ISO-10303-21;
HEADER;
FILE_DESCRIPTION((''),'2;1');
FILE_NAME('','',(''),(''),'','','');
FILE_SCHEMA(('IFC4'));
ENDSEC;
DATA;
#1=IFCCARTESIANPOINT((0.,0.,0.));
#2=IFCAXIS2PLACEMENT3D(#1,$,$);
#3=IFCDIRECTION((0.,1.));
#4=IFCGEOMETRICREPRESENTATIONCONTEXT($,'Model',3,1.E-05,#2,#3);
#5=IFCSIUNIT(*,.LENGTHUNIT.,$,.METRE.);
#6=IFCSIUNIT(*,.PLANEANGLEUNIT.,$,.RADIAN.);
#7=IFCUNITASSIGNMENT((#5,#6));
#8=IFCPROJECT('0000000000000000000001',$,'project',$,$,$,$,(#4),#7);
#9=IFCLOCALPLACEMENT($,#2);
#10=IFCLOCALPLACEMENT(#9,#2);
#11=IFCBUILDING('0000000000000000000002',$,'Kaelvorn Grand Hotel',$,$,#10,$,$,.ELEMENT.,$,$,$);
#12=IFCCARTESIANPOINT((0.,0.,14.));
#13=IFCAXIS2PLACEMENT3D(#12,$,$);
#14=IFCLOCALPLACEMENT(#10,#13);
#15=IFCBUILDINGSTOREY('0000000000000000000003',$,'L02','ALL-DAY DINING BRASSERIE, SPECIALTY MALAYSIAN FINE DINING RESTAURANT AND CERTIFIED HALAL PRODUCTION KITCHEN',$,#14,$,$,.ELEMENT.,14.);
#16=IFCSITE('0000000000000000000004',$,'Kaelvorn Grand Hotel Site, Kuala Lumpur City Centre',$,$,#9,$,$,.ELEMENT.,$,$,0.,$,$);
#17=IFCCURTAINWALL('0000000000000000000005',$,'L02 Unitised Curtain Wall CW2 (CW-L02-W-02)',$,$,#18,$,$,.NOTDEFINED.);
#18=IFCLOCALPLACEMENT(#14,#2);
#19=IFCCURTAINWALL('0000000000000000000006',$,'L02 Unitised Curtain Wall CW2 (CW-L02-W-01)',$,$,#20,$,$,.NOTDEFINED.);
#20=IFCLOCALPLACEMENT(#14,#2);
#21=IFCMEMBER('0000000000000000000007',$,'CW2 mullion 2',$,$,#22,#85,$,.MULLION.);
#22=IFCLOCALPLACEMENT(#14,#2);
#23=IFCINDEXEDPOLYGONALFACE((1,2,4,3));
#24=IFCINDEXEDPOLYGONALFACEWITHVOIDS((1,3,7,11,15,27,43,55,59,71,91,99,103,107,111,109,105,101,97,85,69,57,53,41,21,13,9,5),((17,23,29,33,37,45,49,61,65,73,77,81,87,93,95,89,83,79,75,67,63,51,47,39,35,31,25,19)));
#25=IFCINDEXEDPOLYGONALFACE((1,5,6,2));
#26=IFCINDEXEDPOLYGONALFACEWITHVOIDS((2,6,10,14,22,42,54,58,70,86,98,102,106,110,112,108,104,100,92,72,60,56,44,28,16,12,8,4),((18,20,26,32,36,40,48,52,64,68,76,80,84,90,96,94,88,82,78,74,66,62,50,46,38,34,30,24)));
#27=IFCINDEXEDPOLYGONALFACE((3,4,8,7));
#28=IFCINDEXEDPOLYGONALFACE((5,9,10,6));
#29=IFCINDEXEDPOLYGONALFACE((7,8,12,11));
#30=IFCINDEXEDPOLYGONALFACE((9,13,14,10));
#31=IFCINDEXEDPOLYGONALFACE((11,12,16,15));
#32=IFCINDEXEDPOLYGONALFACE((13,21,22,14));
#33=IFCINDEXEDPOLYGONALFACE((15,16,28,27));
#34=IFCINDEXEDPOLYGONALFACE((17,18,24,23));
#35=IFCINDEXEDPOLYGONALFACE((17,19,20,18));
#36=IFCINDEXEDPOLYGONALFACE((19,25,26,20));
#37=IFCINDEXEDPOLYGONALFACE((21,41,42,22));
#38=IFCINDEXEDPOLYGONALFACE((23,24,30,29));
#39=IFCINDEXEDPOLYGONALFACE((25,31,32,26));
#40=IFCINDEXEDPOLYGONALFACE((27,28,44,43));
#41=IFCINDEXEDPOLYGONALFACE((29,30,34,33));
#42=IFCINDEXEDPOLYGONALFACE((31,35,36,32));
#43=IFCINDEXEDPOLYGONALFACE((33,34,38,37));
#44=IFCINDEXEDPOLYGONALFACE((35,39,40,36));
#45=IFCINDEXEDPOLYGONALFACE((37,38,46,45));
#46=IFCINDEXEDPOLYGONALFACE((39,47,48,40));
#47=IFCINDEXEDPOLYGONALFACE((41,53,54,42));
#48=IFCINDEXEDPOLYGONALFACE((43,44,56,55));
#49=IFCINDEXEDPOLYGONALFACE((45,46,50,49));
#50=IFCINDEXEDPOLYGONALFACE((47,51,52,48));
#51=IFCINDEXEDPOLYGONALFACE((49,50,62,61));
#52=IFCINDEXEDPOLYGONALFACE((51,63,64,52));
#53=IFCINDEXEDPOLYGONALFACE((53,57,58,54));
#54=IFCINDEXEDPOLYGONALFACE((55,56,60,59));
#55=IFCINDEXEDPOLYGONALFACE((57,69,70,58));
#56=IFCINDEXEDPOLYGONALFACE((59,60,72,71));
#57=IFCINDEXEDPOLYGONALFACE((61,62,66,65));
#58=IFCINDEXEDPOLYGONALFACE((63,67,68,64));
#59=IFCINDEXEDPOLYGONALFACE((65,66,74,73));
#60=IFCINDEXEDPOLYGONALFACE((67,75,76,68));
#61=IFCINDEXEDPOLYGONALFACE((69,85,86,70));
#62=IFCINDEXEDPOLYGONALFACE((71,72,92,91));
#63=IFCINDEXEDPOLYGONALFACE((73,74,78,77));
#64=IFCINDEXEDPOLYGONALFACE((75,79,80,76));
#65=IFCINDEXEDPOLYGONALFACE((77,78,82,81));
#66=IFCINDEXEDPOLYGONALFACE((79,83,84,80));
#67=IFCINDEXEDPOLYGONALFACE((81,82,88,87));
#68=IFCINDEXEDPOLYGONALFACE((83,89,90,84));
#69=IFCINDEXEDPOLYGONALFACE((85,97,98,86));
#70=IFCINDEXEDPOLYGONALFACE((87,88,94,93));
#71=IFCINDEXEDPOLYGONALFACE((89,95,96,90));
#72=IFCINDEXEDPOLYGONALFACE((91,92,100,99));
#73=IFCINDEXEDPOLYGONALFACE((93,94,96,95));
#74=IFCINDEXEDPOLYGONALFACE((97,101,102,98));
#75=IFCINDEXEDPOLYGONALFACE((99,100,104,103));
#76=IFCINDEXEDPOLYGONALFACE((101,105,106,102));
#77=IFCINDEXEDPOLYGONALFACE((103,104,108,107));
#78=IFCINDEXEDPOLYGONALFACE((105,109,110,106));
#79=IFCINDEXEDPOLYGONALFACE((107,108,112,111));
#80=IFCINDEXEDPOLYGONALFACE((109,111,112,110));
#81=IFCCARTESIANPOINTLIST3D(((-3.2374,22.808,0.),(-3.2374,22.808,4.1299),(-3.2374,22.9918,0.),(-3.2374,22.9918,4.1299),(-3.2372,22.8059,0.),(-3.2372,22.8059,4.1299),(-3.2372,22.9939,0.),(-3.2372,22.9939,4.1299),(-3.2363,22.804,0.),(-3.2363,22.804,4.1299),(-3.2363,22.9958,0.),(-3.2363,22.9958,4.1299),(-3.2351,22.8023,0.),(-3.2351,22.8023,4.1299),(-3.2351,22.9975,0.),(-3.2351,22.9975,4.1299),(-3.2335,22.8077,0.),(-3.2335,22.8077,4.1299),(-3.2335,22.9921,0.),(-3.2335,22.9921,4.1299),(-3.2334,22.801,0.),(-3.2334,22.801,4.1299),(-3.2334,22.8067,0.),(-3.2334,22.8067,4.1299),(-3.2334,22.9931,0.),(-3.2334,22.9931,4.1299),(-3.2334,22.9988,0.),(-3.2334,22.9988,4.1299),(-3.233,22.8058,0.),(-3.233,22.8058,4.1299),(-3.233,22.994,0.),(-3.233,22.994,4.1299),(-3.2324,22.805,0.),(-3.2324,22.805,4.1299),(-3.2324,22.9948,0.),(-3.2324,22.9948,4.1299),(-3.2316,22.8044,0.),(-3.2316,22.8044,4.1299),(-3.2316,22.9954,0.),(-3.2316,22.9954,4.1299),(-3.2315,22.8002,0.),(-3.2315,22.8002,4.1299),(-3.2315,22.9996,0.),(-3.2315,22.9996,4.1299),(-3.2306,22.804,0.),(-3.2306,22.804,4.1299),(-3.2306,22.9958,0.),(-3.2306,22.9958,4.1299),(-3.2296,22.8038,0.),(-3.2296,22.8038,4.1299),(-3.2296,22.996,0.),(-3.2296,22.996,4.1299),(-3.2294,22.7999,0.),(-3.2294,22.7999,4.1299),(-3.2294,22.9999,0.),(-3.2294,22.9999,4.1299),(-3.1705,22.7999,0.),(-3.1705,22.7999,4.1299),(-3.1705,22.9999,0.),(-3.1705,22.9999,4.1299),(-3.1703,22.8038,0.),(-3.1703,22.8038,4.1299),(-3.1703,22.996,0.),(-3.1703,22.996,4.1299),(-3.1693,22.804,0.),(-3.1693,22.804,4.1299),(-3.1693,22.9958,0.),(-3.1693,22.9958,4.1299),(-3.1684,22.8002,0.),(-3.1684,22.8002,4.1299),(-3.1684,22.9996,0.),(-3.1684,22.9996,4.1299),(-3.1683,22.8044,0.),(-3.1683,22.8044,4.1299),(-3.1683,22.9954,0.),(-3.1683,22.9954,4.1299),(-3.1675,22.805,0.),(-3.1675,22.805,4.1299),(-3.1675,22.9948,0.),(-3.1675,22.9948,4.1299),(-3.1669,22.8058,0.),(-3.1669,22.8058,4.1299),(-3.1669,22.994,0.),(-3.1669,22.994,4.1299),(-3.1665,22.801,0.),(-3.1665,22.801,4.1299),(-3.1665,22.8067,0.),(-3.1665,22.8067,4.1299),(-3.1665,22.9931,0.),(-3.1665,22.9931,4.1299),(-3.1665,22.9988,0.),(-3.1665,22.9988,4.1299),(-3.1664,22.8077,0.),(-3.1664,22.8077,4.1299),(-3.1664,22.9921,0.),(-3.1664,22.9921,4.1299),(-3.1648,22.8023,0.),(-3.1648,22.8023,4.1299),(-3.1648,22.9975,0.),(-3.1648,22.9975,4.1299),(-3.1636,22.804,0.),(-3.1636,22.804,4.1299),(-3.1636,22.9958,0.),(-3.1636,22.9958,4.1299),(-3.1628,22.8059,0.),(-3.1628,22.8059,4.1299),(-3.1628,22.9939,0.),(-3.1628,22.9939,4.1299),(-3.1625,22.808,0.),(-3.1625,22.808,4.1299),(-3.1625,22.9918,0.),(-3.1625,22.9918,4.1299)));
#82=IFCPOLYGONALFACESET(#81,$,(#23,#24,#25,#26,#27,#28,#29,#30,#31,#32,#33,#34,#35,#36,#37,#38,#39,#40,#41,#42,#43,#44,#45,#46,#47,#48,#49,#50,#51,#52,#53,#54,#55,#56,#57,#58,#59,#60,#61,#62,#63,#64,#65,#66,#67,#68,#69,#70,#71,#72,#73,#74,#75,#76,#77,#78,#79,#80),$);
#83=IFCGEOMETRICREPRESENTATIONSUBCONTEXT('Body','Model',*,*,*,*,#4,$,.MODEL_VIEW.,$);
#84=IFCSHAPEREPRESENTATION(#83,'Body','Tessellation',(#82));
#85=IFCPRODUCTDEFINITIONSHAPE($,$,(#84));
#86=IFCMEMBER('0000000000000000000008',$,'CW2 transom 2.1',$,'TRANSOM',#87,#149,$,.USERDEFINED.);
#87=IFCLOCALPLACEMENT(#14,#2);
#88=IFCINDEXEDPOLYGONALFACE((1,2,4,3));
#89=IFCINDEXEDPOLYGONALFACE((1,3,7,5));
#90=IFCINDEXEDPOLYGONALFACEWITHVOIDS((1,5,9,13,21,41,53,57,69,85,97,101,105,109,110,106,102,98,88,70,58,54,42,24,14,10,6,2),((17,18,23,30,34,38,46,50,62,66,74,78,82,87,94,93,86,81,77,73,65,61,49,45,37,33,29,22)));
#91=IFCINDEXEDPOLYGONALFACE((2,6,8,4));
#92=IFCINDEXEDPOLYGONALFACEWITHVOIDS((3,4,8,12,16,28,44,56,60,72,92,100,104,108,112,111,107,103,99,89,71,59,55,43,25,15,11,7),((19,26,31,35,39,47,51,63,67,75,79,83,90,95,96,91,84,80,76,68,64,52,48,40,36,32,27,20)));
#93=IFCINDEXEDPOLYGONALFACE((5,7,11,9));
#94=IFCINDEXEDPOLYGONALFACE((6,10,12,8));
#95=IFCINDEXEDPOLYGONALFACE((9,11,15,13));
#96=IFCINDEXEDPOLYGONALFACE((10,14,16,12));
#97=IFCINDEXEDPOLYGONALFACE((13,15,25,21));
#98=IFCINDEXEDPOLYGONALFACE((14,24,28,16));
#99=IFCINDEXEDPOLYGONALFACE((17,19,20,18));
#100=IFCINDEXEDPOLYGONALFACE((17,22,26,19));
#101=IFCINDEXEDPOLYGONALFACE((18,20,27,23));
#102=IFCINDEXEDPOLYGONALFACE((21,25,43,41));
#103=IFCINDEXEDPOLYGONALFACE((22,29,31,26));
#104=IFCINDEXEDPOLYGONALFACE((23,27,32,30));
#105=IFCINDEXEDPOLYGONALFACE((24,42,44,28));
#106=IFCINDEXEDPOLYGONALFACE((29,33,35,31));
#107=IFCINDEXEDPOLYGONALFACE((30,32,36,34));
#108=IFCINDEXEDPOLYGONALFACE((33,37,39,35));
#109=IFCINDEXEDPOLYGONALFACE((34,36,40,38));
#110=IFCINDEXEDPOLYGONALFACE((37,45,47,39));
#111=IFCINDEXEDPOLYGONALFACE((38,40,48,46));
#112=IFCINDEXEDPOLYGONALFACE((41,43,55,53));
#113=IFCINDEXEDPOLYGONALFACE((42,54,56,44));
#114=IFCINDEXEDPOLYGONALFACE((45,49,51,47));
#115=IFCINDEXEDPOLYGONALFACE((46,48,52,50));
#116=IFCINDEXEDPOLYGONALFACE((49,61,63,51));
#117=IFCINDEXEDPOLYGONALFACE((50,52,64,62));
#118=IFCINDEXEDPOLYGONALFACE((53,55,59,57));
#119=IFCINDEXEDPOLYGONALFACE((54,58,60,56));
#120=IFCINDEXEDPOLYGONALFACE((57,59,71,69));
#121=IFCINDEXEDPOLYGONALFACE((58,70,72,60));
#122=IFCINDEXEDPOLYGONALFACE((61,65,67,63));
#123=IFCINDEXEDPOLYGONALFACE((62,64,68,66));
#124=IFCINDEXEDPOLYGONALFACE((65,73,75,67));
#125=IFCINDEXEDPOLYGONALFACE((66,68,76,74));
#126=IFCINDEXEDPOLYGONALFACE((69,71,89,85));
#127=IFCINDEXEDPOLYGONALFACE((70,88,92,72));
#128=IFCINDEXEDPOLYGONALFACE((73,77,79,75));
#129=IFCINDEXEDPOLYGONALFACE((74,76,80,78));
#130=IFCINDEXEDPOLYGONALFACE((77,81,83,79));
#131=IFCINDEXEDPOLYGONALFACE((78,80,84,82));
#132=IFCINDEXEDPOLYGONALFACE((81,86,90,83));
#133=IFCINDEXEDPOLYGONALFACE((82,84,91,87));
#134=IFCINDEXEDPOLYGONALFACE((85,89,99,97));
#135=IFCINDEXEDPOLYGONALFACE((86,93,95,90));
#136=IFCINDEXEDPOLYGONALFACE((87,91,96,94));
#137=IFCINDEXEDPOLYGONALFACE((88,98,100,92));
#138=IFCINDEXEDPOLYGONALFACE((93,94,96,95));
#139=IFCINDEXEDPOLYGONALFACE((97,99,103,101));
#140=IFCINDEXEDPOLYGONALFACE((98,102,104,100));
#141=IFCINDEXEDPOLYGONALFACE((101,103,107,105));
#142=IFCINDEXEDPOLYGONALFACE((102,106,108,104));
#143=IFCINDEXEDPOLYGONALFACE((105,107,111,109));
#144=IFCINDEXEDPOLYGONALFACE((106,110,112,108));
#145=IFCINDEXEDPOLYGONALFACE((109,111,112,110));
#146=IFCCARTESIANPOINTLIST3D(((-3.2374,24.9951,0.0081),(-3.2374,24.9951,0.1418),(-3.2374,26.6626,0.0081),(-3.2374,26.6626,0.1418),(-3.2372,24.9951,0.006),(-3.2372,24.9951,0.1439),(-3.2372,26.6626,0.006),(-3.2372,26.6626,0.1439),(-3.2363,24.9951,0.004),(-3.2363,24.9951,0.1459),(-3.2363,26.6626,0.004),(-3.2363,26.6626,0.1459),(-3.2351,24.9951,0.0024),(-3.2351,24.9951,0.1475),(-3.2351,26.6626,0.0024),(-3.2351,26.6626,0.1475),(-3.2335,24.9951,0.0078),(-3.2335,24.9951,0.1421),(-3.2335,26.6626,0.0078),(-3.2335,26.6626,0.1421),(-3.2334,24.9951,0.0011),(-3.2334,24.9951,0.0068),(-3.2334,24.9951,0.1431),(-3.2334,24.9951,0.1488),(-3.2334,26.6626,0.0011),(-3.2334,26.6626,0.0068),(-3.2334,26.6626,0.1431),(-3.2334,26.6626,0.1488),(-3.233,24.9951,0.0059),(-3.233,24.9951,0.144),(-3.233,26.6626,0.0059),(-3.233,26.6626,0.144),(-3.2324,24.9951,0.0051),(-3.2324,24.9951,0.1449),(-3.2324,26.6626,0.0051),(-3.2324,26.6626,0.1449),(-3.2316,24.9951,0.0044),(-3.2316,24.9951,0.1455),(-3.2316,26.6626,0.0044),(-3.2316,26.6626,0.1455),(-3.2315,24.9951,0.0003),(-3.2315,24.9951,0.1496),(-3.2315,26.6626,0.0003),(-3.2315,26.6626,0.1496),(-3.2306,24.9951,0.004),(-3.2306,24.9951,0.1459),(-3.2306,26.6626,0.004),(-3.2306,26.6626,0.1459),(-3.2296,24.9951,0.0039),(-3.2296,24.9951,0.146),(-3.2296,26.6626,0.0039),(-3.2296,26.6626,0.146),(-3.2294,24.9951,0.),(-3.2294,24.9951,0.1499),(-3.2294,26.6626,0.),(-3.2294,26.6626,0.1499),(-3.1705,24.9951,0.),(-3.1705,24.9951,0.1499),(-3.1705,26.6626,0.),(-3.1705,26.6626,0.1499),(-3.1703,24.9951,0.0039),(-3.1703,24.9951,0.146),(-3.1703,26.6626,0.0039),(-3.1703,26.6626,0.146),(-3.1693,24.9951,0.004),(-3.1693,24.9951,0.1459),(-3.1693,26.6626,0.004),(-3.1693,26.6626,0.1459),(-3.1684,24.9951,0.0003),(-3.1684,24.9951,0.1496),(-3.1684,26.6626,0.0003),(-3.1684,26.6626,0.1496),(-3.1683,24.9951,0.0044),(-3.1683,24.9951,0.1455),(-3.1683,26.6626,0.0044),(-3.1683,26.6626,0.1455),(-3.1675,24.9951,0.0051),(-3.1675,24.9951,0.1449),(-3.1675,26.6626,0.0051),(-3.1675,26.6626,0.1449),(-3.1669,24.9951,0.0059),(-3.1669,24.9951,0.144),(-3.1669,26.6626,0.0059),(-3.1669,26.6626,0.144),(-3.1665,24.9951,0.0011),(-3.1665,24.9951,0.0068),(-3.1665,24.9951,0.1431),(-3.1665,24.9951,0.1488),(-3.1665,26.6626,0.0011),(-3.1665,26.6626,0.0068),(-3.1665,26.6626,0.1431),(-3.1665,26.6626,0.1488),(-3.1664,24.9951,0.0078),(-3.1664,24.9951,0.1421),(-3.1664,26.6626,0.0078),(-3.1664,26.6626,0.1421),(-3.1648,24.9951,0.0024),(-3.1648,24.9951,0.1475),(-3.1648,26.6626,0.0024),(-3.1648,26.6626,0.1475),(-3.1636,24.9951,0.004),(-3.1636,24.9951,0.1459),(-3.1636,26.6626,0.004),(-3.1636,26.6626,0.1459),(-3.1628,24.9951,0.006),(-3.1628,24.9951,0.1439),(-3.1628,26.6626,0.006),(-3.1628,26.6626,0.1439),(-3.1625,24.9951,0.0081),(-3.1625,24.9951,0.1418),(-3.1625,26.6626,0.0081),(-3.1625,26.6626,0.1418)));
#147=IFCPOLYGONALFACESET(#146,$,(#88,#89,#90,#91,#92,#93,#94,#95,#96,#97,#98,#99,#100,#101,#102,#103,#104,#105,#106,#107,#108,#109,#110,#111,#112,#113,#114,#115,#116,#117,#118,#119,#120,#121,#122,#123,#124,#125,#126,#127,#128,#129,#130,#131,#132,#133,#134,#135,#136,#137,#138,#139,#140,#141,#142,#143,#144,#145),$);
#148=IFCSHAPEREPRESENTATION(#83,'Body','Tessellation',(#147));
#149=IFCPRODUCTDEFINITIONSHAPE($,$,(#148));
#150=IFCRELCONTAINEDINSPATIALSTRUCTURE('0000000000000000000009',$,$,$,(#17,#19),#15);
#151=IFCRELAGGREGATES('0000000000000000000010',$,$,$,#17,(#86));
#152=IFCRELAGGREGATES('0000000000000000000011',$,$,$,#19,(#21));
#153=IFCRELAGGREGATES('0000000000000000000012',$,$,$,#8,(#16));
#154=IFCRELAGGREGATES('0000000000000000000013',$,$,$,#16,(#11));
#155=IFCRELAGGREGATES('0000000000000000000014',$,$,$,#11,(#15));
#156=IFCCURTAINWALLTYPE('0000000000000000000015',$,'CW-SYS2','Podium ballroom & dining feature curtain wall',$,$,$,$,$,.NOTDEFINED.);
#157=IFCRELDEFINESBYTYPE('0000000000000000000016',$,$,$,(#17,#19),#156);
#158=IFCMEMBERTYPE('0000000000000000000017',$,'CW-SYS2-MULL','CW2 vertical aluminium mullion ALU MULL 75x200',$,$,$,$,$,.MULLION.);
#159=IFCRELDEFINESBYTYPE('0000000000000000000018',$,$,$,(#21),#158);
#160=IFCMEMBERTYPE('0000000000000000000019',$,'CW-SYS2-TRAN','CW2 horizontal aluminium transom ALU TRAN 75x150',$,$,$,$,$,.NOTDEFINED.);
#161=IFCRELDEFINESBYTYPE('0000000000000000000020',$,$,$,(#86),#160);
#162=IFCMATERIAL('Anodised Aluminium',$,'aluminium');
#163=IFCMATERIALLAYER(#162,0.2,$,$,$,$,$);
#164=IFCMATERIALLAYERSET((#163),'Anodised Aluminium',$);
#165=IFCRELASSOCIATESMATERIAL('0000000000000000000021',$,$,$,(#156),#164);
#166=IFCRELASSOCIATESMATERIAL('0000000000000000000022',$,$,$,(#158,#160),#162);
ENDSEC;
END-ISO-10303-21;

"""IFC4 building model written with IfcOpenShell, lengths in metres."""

from ifc_helpers import new_model, si_unit, direction, frame, origin, origin_2d, place, context, subcontext, project, spatial, hollow_rectangle, extrude, material, layer, layer_set, material_profile, profile_set, type_object, element, aggregate, save


model = new_model("IFC4")

# Units and contexts
model_context = context("Model", 3, precision=1e-05, world=origin(), true_north=direction((0.0, 1.0)))
body_context = subcontext(model_context, "Body", "Model", "MODEL_VIEW")
ifc_project = project(units=[si_unit("LENGTHUNIT", "METRE"), si_unit("PLANEANGLEUNIT", "RADIAN")], contexts=[model_context])

# Site, building, storey
site_placement = place(None, origin())
site = spatial("IfcSite", under=ifc_project, at=site_placement, Name="Kaelvorn Grand Hotel Site, Kuala Lumpur City Centre", CompositionType="ELEMENT", RefElevation=0.0)
building_placement = place(site_placement, origin())
building = spatial("IfcBuilding", under=site, at=building_placement, Name="Kaelvorn Grand Hotel", CompositionType="ELEMENT")
storey_placement = place(building_placement, frame((0.0, 0.0, 14.0)))
storey = spatial("IfcBuildingStorey", under=building, at=storey_placement, Name="L02", Description="ALL-DAY DINING BRASSERIE, SPECIALTY MALAYSIAN FINE DINING RESTAURANT AND CERTIFIED HALAL PRODUCTION KITCHEN", CompositionType="ELEMENT", Elevation=14.0)

# Curtain wall
ifc_material_1 = material(Name="Anodised Aluminium", Category="aluminium")
ifc_layer_1 = layer(ifc_material_1, 0.2)
ifc_layer_set_1 = layer_set([ifc_layer_1], Name="Anodised Aluminium")
curtain_wall_type = type_object("IfcCurtainWallType", Name="CW-SYS2", Description="Podium ballroom & dining feature curtain wall", PredefinedType="NOTDEFINED", material=ifc_layer_set_1)
curtain_wall_1_placement = place(storey_placement, origin())
curtain_wall_1 = element("IfcCurtainWall", 1, at=curtain_wall_1_placement, inside=storey, type_object=curtain_wall_type, Name="L02 Unitised Curtain Wall CW2 (CW-L02-W-02)", PredefinedType="NOTDEFINED")
ifc_material_profile_1 = material_profile(ifc_material_1, hollow_rectangle(XDim=0.075, YDim=0.2, WallThickness=0.0039, InnerFilletRadius=0.0039, OuterFilletRadius=0.0081, at=origin_2d()), Name="ALU MULL 75x200")
ifc_profile_set_1 = profile_set([ifc_material_profile_1], Name="Anodised Aluminium")
member_type_1 = type_object("IfcMemberType", Name="CW-SYS2-MULL", Description="CW2 vertical aluminium mullion ALU MULL 75x200", PredefinedType="MULLION", material=ifc_profile_set_1)

# Curtain wall, member
curtain_wall_2_placement = place(storey_placement, origin())
curtain_wall_2 = element("IfcCurtainWall", 2, at=curtain_wall_2_placement, inside=storey, type_object=curtain_wall_type, Name="L02 Unitised Curtain Wall CW2 (CW-L02-W-01)", PredefinedType="NOTDEFINED")
member_1_placement = place(storey_placement, frame((-3.2, 22.8999, 0.0), z_axis=(0.0, 0.0, 1.0), x_axis=(1.0, 0.0, 0.0)))
member_1 = element("IfcMember", 3, at=member_1_placement, type_object=member_type_1, Name="CW2 mullion 2", PredefinedType="MULLION", context=body_context, shape_type="SweptSolid", body=[
    extrude(hollow_rectangle(XDim=0.075, YDim=0.2, WallThickness=0.0039, InnerFilletRadius=0.0039, OuterFilletRadius=0.0081, at=origin_2d()), origin(), (0.0, 0.0, 1.0), 4.1299),
])

# Member
ifc_material_profile_2 = material_profile(ifc_material_1, hollow_rectangle(XDim=0.075, YDim=0.1499, WallThickness=0.0039, InnerFilletRadius=0.0039, OuterFilletRadius=0.0081, at=origin_2d()), Name="ALU TRAN 75x150")
ifc_profile_set_2 = profile_set([ifc_material_profile_2], Name="Anodised Aluminium")
member_type_2 = type_object("IfcMemberType", Name="CW-SYS2-TRAN", Description="CW2 horizontal aluminium transom ALU TRAN 75x150", PredefinedType="NOTDEFINED", material=ifc_profile_set_2)
member_2_placement = place(storey_placement, frame((-3.2, 26.6626, 0.075), z_axis=(0.0, -1.0, 0.0), x_axis=(1.0, 0.0, 0.0)))
member_2 = element("IfcMember", 4, at=member_2_placement, type_object=member_type_2, Name="CW2 transom 2.1", ObjectType="TRANSOM", PredefinedType="USERDEFINED", context=body_context, shape_type="SweptSolid", body=[
    extrude(hollow_rectangle(XDim=0.075, YDim=0.1499, WallThickness=0.0039, InnerFilletRadius=0.0039, OuterFilletRadius=0.0081, at=origin_2d()), origin(), (0.0, 0.0, 1.0), 1.6675),
])

aggregate(curtain_wall_1, [member_2])
aggregate(curtain_wall_2, [member_1])

save(model, "model.ifc")
